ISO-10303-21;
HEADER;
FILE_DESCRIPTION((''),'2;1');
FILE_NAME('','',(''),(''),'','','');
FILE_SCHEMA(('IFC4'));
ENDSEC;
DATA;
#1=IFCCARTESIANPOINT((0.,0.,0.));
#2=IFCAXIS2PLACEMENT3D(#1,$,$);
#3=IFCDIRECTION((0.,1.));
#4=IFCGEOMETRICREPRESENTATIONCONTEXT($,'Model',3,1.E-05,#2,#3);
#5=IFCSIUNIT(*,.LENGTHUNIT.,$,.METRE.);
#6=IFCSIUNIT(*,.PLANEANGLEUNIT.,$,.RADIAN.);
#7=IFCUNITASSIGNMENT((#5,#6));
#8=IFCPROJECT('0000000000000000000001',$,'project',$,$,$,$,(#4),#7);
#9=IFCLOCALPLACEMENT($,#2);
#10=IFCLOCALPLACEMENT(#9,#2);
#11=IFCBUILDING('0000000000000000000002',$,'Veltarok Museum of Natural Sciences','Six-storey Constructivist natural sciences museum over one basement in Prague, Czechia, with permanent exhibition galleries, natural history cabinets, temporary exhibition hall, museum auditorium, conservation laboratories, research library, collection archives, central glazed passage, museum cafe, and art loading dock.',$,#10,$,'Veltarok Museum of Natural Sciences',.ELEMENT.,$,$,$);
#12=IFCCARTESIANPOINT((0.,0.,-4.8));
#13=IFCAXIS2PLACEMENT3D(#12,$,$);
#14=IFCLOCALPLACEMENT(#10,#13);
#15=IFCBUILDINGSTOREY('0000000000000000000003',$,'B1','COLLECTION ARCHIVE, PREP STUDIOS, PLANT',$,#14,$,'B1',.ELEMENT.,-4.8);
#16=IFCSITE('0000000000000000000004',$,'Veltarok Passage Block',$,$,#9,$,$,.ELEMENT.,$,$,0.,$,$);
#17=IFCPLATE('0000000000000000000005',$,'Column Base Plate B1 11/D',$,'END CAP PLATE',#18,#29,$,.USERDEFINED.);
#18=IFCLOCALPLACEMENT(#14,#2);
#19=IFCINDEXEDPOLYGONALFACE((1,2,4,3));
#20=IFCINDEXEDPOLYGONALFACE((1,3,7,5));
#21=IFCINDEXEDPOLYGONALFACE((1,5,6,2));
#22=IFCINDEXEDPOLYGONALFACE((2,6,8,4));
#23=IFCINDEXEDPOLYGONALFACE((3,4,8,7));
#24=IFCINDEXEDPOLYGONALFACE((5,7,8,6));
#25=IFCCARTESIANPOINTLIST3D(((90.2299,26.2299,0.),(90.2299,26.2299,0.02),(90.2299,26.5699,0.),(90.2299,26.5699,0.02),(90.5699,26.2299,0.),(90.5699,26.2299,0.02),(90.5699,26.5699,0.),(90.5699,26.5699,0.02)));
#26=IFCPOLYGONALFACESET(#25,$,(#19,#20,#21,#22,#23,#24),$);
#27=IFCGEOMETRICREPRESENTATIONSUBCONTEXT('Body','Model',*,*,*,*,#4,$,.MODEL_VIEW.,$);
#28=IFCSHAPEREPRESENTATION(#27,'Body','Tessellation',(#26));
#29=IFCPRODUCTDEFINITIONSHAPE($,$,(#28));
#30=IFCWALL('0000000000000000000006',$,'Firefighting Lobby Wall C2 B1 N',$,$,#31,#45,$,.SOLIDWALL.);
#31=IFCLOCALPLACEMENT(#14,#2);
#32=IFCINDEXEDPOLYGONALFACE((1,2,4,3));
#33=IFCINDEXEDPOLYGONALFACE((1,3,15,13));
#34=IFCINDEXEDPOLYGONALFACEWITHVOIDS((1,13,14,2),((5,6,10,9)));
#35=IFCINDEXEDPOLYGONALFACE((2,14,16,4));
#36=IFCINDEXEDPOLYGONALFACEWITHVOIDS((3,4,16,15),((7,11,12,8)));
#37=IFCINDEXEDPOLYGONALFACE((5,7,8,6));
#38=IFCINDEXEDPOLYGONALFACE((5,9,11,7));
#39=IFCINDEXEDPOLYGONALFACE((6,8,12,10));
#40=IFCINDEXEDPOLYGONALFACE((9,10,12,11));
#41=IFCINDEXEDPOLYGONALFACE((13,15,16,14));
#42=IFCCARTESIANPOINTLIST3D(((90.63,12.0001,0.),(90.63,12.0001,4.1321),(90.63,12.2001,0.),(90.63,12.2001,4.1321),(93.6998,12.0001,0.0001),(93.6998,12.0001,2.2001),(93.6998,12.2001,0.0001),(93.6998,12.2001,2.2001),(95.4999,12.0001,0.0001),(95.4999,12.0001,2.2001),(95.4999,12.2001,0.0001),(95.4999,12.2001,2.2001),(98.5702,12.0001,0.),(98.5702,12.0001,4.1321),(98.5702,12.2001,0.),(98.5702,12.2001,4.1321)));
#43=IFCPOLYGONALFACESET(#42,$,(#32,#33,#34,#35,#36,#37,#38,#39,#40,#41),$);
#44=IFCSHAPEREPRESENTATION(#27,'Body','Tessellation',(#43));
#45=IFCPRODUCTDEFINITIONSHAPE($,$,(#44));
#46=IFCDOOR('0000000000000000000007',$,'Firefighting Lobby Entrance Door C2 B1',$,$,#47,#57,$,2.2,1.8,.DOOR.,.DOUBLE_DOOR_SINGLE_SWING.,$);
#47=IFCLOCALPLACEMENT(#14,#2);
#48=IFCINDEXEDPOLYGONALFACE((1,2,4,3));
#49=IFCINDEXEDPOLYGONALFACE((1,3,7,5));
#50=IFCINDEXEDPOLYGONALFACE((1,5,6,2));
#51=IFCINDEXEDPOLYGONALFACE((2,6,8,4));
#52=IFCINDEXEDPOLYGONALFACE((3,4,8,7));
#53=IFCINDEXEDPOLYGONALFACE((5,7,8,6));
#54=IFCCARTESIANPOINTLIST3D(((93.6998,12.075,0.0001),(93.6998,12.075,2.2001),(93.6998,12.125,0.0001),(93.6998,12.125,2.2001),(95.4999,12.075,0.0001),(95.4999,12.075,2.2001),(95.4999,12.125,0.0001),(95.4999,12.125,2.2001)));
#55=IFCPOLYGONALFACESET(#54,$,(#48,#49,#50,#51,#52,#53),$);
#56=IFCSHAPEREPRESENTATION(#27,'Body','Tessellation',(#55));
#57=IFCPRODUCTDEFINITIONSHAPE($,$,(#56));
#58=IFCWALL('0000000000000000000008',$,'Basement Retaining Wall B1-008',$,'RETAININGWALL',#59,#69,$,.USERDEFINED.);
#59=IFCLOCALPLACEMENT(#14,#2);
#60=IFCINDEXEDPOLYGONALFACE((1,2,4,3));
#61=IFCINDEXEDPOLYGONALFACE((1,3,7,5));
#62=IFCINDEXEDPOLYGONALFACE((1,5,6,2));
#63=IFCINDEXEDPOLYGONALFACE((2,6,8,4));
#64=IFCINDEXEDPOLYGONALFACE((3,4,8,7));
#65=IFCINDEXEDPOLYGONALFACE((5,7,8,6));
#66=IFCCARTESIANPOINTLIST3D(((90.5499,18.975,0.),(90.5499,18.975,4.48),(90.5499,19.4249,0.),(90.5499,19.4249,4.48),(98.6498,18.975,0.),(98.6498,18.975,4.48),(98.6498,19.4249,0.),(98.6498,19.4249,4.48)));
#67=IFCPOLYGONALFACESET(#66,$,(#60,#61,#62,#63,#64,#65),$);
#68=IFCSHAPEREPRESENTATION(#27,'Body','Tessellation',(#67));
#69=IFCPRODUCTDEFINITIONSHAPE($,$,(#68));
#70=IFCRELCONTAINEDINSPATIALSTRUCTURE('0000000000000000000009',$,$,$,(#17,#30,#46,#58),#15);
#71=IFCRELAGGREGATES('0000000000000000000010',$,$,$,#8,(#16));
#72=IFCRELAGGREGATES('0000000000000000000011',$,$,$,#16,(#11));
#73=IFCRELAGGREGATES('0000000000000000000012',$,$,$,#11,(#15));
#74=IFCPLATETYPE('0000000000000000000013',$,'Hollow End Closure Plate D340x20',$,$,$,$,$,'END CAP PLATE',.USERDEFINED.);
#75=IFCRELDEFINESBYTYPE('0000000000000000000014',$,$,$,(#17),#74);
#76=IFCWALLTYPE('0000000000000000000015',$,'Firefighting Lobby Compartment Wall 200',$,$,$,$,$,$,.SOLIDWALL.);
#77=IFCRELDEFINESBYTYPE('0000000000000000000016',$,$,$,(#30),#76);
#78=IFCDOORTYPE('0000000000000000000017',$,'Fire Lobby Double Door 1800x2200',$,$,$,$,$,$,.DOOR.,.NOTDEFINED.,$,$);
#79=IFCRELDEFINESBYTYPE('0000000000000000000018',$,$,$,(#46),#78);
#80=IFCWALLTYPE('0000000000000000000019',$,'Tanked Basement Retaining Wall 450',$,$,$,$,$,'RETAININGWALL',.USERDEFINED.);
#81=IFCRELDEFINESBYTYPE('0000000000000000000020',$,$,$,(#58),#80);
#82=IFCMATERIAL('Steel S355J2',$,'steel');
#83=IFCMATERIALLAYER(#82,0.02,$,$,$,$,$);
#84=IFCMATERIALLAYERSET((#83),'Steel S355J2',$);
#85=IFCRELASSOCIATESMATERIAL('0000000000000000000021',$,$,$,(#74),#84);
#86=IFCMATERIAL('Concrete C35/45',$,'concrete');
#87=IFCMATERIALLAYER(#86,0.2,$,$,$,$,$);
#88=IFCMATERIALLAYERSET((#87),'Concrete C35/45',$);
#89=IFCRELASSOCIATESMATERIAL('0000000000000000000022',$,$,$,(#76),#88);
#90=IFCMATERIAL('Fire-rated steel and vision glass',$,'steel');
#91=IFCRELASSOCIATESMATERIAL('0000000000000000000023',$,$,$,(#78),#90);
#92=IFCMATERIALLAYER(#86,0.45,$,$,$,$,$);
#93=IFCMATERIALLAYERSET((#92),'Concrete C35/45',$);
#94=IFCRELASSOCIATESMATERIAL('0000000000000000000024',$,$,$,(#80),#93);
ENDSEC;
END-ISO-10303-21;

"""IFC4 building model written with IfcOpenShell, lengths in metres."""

from ifc_helpers import new_model, si_unit, direction, frame, frame_2d, origin, origin_2d, place, context, subcontext, project, spatial, rectangle, extrude, material, layer, layer_set, type_object, element, fill, save


model = new_model("IFC4")

# Units and contexts
model_context = context("Model", 3, precision=1e-05, world=origin(), true_north=direction((0.0, 1.0)))
body_context = subcontext(model_context, "Body", "Model", "MODEL_VIEW")
ifc_project = project(units=[si_unit("LENGTHUNIT", "METRE"), si_unit("PLANEANGLEUNIT", "RADIAN")], contexts=[model_context])

# Site, building, storey
site_placement = place(None, origin())
site = spatial("IfcSite", under=ifc_project, at=site_placement, Name="Veltarok Passage Block", CompositionType="ELEMENT", RefElevation=0.0)
building_placement = place(site_placement, origin())
building = spatial("IfcBuilding", under=site, at=building_placement, Name="Veltarok Museum of Natural Sciences", Description="Six-storey Constructivist natural sciences museum over one basement in Prague, Czechia, with permanent exhibition galleries, natural history cabinets, temporary exhibition hall, museum auditorium, conservation laboratories, research library, collection archives, central glazed passage, museum cafe, and art loading dock.", LongName="Veltarok Museum of Natural Sciences", CompositionType="ELEMENT")
storey_placement = place(building_placement, frame((0.0, 0.0, -4.8)))
storey = spatial("IfcBuildingStorey", under=building, at=storey_placement, Name="B1", Description="COLLECTION ARCHIVE, PREP STUDIOS, PLANT", LongName="B1", CompositionType="ELEMENT", Elevation=-4.8)

# Shared definitions
ifc_material_1 = material(Name="Concrete C35/45", Category="concrete")

# Shared definitions
ifc_material_2 = material(Name="Steel S355J2", Category="steel")

# Plate
ifc_layer_1 = layer(ifc_material_2, 0.02)
ifc_layer_set_1 = layer_set([ifc_layer_1], Name="Steel S355J2")
plate_type = type_object("IfcPlateType", Name="Hollow End Closure Plate D340x20", ElementType="END CAP PLATE", PredefinedType="USERDEFINED", material=ifc_layer_set_1)
for number, where, z_axis, x_axis, name in (
    (1, (90.3999, 26.3999, 0.0), (0.0, 0.0, 1.0), (1.0, 0.0, 0.0), "Column Base Plate B1 11/D"),
):
    element("IfcPlate", number, at=place(storey_placement, frame(where, z_axis=z_axis, x_axis=x_axis)), inside=storey, type_object=plate_type, Name=name, ObjectType="END CAP PLATE", PredefinedType="USERDEFINED", context=body_context, shape_type="SweptSolid", body=[
        extrude(rectangle(XDim=0.3401, YDim=0.3401, at=origin_2d()), origin(), (0.0, 0.0, 1.0), 0.02),
    ])

# Wall, opening, door
ifc_layer_2 = layer(ifc_material_1, 0.2)
ifc_layer_set_2 = layer_set([ifc_layer_2], Name="Concrete C35/45")
wall_type_1 = type_object("IfcWallType", Name="Firefighting Lobby Compartment Wall 200", PredefinedType="SOLIDWALL", material=ifc_layer_set_2)
wall_1_placement = place(storey_placement, frame((90.6299, 12.1001, 0.0), z_axis=(0.0, 0.0, 1.0), x_axis=(1.0, 0.0, 0.0)))
wall_1 = element("IfcWall", 2, at=wall_1_placement, inside=storey, type_object=wall_type_1, Name="Firefighting Lobby Wall C2 B1 N", PredefinedType="SOLIDWALL", context=body_context, shape_type="SweptSolid", body=[
    extrude(rectangle(XDim=7.9402, YDim=0.2, at=frame_2d((3.9702, 0.0))), origin(), (0.0, 0.0, 1.0), 4.1321),
])
opening_placement = place(wall_1_placement, frame((3.0701, 0.0, 0.0)))
opening = element("IfcOpeningElement", 3, at=opening_placement, cuts=wall_1, PredefinedType="OPENING", context=body_context, shape_type="SweptSolid", body=[
    extrude(rectangle(XDim=1.8, YDim=2.2, at=frame_2d((0.8999, 1.1001))), frame((0.0, 0.1099, 0.0), z_axis=(0.0, -1.0, 0.0), x_axis=(1.0, 0.0, 0.0)), (0.0, 0.0, 1.0), 0.22),
])
ifc_material_3 = material(Name="Fire-rated steel and vision glass", Category="steel")
door_type = type_object("IfcDoorType", Name="Fire Lobby Double Door 1800x2200", OperationType="NOTDEFINED", PredefinedType="DOOR", material=ifc_material_3)
door_placement = place(opening_placement, origin())
door = element("IfcDoor", 4, at=door_placement, inside=storey, type_object=door_type, Name="Firefighting Lobby Entrance Door C2 B1", OperationType="DOUBLE_DOOR_SINGLE_SWING", OverallHeight=2.2, OverallWidth=1.8, PredefinedType="DOOR", context=body_context, shape_type="SweptSolid", body=[
    extrude(rectangle(XDim=1.8, YDim=2.2, at=frame_2d((0.8999, 1.1001))), frame((0.0, 0.0249, 0.0), z_axis=(0.0, -1.0, 0.0), x_axis=(1.0, 0.0, 0.0)), (0.0, 0.0, 1.0), 0.05),
])
fill(opening, door)

# Wall
ifc_layer_3 = layer(ifc_material_1, 0.45)
ifc_layer_set_3 = layer_set([ifc_layer_3], Name="Concrete C35/45")
wall_type_2 = type_object("IfcWallType", Name="Tanked Basement Retaining Wall 450", ElementType="RETAININGWALL", PredefinedType="USERDEFINED", material=ifc_layer_set_3)
wall_2_placement = place(storey_placement, frame((90.55, 19.2, 0.0), z_axis=(0.0, 0.0, 1.0), x_axis=(1.0, 0.0, 0.0)))
element("IfcWall", 5, at=wall_2_placement, inside=storey, type_object=wall_type_2, Name="Basement Retaining Wall B1-008", ObjectType="RETAININGWALL", PredefinedType="USERDEFINED", context=body_context, shape_type="SweptSolid", body=[
    extrude(rectangle(XDim=8.0999, YDim=0.45, at=frame_2d((4.0498, 0.0))), origin(), (0.0, 0.0, 1.0), 4.48),
])

save(model, "model.ifc")
